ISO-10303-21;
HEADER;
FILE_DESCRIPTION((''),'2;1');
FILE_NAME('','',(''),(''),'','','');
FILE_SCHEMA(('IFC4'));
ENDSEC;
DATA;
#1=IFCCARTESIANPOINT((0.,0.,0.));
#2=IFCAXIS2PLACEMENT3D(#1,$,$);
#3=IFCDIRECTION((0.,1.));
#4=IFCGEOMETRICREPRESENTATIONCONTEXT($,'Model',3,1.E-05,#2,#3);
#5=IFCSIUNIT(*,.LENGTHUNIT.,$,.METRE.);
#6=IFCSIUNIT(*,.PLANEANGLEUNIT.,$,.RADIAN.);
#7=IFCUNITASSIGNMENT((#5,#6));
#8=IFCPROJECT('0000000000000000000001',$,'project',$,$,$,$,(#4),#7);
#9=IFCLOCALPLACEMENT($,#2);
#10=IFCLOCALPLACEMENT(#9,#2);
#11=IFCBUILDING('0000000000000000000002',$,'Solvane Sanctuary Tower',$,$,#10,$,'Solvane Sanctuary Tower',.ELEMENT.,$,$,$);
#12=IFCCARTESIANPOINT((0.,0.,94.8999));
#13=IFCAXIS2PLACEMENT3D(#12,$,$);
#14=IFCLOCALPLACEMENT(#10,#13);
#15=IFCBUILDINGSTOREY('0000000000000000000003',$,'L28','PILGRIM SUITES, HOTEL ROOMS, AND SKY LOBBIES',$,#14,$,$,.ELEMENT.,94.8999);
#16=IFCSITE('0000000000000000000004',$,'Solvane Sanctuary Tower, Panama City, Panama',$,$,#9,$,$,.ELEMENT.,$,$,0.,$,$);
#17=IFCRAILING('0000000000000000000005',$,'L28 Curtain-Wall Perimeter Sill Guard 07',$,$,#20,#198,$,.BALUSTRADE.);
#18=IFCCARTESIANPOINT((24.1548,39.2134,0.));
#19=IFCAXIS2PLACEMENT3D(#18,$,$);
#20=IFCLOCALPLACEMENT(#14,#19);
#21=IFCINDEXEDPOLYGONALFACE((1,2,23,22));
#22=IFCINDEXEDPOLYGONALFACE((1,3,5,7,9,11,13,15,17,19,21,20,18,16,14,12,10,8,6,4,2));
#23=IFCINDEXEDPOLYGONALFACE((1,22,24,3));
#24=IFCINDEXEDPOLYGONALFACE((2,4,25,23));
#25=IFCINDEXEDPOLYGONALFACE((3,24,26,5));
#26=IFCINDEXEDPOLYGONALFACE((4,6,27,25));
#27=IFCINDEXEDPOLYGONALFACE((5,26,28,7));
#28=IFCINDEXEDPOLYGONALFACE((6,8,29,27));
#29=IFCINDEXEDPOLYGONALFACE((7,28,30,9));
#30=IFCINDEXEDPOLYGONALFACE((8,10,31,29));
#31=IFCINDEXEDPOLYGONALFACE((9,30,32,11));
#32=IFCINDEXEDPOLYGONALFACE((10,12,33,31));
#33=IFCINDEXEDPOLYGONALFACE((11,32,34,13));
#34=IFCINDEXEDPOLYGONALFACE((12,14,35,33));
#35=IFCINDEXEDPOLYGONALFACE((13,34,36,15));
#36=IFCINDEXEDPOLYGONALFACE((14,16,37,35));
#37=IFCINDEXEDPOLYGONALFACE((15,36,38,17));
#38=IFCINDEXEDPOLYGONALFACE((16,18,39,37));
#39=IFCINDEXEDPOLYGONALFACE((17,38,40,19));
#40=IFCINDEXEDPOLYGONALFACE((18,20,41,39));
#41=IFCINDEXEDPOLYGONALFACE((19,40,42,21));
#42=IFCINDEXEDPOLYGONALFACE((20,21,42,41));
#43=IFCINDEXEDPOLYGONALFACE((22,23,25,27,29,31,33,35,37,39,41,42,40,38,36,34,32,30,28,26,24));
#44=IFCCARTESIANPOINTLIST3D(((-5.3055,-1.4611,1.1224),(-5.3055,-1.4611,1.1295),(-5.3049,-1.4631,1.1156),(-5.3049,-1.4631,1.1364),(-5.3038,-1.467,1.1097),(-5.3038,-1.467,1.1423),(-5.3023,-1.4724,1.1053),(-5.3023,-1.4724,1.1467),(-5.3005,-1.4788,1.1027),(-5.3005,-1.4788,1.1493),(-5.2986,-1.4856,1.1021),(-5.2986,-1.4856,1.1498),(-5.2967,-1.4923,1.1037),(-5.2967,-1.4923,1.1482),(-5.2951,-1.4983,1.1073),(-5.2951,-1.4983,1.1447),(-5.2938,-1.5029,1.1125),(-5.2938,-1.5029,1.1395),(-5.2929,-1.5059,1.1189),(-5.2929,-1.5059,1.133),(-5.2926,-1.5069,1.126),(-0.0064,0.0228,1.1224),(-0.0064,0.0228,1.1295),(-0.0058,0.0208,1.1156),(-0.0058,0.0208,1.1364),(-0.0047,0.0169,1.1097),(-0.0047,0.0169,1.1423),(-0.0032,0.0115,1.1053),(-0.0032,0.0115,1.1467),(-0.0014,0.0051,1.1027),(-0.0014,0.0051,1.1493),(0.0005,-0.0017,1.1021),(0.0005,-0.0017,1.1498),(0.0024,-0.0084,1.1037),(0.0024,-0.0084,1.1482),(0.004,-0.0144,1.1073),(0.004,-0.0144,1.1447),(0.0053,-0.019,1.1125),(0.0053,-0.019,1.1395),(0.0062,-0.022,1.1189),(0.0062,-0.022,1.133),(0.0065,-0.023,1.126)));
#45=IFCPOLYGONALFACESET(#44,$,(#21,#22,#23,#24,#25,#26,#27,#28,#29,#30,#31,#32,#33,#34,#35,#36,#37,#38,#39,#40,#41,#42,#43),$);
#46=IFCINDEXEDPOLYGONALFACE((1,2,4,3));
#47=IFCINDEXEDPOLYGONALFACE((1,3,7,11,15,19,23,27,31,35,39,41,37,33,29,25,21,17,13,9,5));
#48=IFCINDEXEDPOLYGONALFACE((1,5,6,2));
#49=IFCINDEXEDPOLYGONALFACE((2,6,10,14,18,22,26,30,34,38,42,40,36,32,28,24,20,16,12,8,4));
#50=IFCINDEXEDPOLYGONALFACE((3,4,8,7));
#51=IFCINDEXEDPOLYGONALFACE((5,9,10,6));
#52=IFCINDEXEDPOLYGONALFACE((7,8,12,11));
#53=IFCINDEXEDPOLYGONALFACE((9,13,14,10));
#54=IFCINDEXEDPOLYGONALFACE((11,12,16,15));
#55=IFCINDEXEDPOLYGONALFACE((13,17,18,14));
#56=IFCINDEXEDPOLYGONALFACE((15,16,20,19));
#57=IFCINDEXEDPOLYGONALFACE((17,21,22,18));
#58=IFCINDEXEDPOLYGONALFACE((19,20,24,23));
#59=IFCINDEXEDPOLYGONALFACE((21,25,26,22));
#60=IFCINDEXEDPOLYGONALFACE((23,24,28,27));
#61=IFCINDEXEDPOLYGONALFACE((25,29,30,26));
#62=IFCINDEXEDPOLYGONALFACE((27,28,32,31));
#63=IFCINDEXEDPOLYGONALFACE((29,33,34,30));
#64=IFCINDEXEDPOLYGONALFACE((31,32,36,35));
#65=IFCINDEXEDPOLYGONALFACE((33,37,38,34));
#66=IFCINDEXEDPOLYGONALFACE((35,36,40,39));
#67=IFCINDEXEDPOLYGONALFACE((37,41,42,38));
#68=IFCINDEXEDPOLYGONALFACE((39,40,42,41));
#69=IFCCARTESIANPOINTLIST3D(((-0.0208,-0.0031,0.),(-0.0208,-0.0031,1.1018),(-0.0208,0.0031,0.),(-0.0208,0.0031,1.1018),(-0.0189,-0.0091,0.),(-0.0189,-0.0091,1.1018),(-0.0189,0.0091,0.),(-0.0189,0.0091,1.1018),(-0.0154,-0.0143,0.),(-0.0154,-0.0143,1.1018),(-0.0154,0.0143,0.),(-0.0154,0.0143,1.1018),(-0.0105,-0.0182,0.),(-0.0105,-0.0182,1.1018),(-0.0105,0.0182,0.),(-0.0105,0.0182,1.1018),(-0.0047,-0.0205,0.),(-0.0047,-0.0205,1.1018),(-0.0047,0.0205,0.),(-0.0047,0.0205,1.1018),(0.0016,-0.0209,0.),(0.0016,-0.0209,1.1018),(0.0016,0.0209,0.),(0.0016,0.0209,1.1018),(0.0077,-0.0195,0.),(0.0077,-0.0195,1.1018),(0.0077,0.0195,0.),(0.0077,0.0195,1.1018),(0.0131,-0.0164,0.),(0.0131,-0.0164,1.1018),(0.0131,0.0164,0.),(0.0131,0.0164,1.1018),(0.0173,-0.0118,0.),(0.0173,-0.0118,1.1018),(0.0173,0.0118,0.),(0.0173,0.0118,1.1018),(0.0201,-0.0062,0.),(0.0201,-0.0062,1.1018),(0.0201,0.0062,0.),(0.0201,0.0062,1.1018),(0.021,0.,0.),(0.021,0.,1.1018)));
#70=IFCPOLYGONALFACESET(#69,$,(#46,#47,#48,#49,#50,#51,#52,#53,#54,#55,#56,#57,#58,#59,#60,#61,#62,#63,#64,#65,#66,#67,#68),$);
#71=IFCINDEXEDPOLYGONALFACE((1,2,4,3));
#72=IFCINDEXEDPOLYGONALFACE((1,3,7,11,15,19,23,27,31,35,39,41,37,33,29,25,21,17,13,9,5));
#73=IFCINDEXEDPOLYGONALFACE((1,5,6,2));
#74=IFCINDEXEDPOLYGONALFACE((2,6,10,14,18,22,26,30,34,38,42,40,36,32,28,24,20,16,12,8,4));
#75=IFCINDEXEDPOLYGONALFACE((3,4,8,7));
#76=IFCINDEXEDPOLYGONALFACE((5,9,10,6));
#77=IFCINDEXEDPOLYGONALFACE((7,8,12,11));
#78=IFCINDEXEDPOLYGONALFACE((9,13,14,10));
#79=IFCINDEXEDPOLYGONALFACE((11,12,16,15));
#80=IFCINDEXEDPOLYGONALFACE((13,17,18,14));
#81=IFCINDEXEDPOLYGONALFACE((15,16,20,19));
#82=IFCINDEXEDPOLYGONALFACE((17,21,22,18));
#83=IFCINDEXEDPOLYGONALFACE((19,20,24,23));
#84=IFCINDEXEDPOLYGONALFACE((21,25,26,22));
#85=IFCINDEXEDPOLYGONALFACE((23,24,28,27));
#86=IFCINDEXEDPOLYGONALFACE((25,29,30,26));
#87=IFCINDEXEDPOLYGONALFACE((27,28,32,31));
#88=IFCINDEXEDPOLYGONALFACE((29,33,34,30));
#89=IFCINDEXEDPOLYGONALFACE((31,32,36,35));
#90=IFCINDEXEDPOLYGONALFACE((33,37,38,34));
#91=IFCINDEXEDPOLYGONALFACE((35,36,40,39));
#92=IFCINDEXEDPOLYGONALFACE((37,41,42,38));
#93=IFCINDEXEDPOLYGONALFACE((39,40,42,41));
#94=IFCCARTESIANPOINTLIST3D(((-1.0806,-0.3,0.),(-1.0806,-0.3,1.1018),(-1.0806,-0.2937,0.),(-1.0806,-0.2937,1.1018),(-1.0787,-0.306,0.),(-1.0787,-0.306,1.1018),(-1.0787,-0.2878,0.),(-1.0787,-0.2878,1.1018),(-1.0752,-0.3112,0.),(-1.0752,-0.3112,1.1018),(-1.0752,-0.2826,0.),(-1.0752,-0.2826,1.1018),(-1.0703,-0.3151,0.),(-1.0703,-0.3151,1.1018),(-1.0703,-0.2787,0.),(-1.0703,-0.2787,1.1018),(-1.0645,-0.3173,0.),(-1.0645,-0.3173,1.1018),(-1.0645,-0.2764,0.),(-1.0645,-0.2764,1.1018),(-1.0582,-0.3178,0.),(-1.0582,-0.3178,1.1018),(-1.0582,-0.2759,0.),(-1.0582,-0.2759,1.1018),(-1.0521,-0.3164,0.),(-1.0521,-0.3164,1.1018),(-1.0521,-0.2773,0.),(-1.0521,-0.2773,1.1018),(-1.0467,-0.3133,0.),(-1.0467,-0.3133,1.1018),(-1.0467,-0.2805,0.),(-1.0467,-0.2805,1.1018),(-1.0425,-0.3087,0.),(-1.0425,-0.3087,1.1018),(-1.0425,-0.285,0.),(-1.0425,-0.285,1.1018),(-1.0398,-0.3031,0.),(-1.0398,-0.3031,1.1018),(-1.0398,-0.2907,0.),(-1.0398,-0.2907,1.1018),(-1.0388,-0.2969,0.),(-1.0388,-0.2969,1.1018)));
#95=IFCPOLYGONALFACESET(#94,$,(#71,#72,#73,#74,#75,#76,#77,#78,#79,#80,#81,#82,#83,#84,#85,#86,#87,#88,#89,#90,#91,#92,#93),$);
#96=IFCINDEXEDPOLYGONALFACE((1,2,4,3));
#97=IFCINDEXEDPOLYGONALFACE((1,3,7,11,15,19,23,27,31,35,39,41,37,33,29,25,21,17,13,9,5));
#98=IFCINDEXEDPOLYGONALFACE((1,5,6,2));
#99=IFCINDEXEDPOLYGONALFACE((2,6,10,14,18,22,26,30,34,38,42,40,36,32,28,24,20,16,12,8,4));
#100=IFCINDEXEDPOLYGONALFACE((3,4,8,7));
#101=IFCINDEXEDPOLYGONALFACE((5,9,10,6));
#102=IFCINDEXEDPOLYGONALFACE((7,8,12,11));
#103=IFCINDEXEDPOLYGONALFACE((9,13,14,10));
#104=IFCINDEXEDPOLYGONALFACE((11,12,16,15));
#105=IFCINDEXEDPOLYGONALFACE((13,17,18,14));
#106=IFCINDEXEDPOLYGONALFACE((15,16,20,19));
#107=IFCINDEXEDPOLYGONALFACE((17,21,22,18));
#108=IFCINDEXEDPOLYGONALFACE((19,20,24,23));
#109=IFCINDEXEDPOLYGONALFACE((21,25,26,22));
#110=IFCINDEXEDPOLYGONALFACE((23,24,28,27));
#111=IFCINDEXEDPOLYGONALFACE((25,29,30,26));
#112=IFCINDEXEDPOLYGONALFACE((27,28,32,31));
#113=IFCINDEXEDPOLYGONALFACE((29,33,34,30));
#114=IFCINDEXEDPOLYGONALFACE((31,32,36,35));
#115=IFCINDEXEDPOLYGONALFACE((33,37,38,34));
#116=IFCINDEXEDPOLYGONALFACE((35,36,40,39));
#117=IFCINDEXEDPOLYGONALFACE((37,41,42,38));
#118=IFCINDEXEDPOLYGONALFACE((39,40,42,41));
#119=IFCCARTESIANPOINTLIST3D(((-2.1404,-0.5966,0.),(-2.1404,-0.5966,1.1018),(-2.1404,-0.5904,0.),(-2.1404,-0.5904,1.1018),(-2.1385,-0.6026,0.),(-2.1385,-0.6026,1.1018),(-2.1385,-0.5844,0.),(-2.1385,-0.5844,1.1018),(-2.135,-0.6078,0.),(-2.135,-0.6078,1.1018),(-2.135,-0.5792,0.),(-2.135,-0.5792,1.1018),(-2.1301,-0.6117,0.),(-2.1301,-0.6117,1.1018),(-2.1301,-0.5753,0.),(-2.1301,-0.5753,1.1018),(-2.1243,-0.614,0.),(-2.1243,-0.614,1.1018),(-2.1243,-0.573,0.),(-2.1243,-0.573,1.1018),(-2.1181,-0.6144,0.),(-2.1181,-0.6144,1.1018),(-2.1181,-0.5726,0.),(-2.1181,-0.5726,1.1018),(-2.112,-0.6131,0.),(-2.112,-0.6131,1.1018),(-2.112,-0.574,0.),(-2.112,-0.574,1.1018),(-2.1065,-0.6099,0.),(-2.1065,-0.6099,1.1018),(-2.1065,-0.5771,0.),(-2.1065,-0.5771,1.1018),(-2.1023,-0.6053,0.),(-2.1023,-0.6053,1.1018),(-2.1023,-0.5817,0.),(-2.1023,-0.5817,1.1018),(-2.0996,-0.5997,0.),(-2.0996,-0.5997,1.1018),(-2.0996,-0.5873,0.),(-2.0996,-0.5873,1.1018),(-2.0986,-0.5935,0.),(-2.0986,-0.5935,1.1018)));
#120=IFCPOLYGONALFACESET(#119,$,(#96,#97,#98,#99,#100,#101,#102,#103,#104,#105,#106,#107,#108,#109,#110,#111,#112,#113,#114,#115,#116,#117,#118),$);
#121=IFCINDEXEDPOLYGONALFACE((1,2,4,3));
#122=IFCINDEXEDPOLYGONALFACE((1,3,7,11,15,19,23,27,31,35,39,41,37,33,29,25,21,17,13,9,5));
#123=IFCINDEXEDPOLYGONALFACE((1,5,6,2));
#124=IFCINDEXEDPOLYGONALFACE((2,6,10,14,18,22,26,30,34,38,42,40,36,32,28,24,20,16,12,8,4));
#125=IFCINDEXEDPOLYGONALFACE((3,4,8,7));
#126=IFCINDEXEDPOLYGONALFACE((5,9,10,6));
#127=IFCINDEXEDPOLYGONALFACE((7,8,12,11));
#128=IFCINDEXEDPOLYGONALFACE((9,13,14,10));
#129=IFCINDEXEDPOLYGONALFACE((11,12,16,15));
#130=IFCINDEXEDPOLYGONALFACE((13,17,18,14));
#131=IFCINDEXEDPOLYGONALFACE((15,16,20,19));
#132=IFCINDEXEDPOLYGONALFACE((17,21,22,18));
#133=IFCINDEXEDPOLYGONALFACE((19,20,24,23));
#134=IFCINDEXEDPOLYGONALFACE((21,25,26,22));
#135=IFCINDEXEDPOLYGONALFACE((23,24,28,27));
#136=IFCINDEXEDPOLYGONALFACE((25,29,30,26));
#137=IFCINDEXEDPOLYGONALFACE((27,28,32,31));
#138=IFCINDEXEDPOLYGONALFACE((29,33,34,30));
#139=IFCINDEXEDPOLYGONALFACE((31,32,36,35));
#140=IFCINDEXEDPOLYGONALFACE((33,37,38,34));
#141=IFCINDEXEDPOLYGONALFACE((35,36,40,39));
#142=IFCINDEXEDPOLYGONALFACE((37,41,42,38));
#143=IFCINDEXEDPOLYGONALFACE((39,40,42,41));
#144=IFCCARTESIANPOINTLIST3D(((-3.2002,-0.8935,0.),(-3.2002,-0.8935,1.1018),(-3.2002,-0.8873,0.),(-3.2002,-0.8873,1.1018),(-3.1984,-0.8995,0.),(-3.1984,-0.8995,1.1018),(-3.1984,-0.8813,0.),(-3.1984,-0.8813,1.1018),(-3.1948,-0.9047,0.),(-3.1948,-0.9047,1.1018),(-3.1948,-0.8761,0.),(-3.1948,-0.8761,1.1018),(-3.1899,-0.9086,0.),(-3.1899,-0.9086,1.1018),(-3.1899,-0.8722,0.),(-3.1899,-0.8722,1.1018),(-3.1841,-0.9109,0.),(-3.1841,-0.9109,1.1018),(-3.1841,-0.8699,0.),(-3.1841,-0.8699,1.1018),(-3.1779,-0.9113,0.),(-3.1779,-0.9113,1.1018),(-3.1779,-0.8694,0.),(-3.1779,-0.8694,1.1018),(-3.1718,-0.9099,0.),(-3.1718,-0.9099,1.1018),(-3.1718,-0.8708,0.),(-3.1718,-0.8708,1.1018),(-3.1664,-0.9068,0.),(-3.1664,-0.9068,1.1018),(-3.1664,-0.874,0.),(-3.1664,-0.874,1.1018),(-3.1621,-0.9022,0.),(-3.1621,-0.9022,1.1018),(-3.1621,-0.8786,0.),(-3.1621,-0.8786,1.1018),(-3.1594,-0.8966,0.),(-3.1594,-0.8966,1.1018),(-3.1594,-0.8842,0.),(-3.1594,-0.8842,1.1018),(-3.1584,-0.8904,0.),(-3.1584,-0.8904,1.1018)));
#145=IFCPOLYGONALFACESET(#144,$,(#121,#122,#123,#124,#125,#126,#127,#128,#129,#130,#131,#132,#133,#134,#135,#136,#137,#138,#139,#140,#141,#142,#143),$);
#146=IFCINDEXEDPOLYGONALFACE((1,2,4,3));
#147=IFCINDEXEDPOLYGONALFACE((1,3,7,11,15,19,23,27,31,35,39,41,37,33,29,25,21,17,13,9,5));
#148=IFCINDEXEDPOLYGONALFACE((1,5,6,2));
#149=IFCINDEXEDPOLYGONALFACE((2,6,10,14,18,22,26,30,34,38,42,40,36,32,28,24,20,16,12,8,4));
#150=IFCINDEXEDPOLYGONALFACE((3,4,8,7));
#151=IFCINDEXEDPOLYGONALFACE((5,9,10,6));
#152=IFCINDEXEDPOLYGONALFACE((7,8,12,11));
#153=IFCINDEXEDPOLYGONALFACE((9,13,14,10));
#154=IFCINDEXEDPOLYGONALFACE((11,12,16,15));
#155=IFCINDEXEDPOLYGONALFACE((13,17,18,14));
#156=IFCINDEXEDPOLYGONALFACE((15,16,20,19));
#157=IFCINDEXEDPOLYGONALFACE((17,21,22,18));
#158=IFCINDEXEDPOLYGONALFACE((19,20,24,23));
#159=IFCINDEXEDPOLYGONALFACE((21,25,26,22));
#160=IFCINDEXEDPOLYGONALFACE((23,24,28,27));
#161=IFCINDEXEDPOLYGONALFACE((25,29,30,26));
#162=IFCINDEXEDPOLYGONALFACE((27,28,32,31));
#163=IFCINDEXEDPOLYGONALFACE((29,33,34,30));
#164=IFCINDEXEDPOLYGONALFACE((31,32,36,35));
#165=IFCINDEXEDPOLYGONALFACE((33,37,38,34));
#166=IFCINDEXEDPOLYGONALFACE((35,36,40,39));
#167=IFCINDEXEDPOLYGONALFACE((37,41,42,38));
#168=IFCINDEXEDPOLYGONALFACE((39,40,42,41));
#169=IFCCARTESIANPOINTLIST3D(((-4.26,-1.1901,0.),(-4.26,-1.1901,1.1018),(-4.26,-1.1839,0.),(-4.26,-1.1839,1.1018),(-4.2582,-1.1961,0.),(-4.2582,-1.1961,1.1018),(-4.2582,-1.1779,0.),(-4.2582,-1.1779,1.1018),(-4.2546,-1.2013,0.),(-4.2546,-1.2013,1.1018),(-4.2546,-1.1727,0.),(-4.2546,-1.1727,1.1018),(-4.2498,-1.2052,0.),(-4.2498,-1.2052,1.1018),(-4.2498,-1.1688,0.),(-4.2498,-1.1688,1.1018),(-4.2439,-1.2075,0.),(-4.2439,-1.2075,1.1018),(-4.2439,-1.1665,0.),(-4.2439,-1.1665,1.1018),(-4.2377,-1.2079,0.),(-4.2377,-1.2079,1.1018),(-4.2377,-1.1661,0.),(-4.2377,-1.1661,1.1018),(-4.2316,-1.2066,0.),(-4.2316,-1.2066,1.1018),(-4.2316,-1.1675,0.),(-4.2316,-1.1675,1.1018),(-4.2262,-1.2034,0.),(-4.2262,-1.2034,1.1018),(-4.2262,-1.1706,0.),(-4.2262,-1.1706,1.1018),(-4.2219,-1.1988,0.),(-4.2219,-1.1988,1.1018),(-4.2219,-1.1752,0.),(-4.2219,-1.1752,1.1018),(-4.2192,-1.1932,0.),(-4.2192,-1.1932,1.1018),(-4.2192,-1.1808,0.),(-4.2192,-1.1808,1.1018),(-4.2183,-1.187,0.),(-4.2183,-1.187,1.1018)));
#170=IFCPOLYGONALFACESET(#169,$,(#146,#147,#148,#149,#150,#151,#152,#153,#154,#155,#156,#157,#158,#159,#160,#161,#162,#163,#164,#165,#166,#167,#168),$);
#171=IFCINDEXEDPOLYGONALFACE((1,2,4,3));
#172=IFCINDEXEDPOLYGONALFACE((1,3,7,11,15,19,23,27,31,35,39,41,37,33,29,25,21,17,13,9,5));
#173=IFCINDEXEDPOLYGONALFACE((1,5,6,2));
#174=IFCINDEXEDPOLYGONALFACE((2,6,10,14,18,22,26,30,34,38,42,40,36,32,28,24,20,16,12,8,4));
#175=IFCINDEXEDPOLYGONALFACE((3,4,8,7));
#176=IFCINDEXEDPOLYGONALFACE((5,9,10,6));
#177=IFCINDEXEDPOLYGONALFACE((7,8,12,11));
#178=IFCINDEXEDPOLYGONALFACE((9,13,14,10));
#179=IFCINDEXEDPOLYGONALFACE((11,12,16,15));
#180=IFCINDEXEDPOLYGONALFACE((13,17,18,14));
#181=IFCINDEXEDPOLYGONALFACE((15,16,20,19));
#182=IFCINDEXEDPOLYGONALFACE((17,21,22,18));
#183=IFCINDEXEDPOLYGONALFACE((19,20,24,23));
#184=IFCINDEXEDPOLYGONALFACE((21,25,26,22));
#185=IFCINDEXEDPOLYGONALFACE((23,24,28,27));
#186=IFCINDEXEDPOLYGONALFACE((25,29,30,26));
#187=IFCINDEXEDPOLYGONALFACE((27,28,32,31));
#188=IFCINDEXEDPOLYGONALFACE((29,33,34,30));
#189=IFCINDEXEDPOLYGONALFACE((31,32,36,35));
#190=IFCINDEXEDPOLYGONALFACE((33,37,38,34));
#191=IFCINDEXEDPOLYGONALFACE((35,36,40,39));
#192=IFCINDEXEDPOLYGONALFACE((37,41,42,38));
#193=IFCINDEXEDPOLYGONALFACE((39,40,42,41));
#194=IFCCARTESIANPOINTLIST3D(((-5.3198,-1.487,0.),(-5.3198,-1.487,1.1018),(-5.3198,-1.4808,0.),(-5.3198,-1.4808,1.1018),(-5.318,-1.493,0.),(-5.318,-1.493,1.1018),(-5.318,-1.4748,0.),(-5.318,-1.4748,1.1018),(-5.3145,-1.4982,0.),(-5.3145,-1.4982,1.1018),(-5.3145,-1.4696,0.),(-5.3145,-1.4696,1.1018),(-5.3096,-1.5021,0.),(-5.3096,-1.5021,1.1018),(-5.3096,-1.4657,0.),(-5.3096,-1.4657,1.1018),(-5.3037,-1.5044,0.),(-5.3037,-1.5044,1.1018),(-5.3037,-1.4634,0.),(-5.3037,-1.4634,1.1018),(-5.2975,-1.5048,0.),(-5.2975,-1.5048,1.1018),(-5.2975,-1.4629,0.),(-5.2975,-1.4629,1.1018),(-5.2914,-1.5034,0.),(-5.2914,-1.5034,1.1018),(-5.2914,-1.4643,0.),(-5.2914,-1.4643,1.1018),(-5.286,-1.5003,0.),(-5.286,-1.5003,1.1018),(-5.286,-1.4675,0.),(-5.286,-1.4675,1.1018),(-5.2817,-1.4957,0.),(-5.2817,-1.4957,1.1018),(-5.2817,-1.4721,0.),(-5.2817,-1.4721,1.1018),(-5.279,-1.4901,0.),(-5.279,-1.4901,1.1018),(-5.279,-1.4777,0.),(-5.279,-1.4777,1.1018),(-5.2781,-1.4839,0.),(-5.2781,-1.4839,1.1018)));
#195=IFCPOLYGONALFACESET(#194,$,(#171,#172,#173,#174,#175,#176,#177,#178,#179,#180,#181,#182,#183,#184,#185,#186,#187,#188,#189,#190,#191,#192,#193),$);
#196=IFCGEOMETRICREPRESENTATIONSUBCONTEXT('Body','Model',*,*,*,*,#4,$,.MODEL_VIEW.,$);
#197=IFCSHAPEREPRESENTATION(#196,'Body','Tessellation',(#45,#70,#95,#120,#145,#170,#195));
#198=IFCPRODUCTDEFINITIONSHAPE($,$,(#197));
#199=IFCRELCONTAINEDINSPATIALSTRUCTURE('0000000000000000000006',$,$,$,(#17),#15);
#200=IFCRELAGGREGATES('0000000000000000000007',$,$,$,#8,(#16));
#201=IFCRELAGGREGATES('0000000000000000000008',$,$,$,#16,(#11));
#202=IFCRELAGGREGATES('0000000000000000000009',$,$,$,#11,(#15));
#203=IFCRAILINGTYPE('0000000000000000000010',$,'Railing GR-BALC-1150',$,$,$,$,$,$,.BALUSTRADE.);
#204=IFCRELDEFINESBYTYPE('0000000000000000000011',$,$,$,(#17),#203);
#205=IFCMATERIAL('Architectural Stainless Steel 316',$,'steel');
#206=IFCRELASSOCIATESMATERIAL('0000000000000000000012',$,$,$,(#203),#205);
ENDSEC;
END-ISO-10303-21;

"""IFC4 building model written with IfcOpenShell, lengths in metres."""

from ifc_helpers import new_model, si_unit, direction, frame, origin, origin_2d, place, context, subcontext, project, spatial, circle, extrude, material, type_object, element, save


model = new_model("IFC4")

# Units and contexts
model_context = context("Model", 3, precision=1e-05, world=origin(), true_north=direction((0.0, 1.0)))
body_context = subcontext(model_context, "Body", "Model", "MODEL_VIEW")
ifc_project = project(units=[si_unit("LENGTHUNIT", "METRE"), si_unit("PLANEANGLEUNIT", "RADIAN")], contexts=[model_context])

# Site, building, storey
site_placement = place(None, origin())
site = spatial("IfcSite", under=ifc_project, at=site_placement, Name="Solvane Sanctuary Tower, Panama City, Panama", CompositionType="ELEMENT", RefElevation=0.0)
building_placement = place(site_placement, origin())
building = spatial("IfcBuilding", under=site, at=building_placement, Name="Solvane Sanctuary Tower", LongName="Solvane Sanctuary Tower", CompositionType="ELEMENT")
storey_placement = place(building_placement, frame((0.0, 0.0, 94.8999)))
storey = spatial("IfcBuildingStorey", under=building, at=storey_placement, Name="L28", Description="PILGRIM SUITES, HOTEL ROOMS, AND SKY LOBBIES", CompositionType="ELEMENT", Elevation=94.8999)

# Railing
ifc_material_1 = material(Name="Architectural Stainless Steel 316", Category="steel")
railing_type = type_object("IfcRailingType", Name="Railing GR-BALC-1150", PredefinedType="BALUSTRADE", material=ifc_material_1)
railing_placement = place(storey_placement, frame((24.1548, 39.2134, 0.0)))
element("IfcRailing", 1, at=railing_placement, inside=storey, type_object=railing_type, Name="L28 Curtain-Wall Perimeter Sill Guard 07", PredefinedType="BALUSTRADE", context=body_context, shape_type="SweptSolid", body=[
    extrude(circle(Radius=0.0239, at=origin_2d()), frame((0.0, 0.0, 1.126), z_axis=(-0.962957, -0.269655, 0.0), x_axis=(0.269655, -0.962957, 0.0)), (0.0, 0.0, 1.0), 5.5029),
    extrude(circle(Radius=0.021, at=origin_2d()), origin(), (0.0, 0.0, 1.0), 1.1018),
    extrude(circle(Radius=0.021, at=origin_2d()), frame((-1.0598, -0.2969, 0.0)), (0.0, 0.0, 1.0), 1.1018),
    extrude(circle(Radius=0.021, at=origin_2d()), frame((-2.1196, -0.5935, 0.0)), (0.0, 0.0, 1.0), 1.1018),
    extrude(circle(Radius=0.021, at=origin_2d()), frame((-3.1794, -0.8904, 0.0)), (0.0, 0.0, 1.0), 1.1018),
    extrude(circle(Radius=0.021, at=origin_2d()), frame((-4.2393, -1.187, 0.0)), (0.0, 0.0, 1.0), 1.1018),
    extrude(circle(Radius=0.021, at=origin_2d()), frame((-5.2991, -1.4839, 0.0)), (0.0, 0.0, 1.0), 1.1018),
])

save(model, "model.ifc")
